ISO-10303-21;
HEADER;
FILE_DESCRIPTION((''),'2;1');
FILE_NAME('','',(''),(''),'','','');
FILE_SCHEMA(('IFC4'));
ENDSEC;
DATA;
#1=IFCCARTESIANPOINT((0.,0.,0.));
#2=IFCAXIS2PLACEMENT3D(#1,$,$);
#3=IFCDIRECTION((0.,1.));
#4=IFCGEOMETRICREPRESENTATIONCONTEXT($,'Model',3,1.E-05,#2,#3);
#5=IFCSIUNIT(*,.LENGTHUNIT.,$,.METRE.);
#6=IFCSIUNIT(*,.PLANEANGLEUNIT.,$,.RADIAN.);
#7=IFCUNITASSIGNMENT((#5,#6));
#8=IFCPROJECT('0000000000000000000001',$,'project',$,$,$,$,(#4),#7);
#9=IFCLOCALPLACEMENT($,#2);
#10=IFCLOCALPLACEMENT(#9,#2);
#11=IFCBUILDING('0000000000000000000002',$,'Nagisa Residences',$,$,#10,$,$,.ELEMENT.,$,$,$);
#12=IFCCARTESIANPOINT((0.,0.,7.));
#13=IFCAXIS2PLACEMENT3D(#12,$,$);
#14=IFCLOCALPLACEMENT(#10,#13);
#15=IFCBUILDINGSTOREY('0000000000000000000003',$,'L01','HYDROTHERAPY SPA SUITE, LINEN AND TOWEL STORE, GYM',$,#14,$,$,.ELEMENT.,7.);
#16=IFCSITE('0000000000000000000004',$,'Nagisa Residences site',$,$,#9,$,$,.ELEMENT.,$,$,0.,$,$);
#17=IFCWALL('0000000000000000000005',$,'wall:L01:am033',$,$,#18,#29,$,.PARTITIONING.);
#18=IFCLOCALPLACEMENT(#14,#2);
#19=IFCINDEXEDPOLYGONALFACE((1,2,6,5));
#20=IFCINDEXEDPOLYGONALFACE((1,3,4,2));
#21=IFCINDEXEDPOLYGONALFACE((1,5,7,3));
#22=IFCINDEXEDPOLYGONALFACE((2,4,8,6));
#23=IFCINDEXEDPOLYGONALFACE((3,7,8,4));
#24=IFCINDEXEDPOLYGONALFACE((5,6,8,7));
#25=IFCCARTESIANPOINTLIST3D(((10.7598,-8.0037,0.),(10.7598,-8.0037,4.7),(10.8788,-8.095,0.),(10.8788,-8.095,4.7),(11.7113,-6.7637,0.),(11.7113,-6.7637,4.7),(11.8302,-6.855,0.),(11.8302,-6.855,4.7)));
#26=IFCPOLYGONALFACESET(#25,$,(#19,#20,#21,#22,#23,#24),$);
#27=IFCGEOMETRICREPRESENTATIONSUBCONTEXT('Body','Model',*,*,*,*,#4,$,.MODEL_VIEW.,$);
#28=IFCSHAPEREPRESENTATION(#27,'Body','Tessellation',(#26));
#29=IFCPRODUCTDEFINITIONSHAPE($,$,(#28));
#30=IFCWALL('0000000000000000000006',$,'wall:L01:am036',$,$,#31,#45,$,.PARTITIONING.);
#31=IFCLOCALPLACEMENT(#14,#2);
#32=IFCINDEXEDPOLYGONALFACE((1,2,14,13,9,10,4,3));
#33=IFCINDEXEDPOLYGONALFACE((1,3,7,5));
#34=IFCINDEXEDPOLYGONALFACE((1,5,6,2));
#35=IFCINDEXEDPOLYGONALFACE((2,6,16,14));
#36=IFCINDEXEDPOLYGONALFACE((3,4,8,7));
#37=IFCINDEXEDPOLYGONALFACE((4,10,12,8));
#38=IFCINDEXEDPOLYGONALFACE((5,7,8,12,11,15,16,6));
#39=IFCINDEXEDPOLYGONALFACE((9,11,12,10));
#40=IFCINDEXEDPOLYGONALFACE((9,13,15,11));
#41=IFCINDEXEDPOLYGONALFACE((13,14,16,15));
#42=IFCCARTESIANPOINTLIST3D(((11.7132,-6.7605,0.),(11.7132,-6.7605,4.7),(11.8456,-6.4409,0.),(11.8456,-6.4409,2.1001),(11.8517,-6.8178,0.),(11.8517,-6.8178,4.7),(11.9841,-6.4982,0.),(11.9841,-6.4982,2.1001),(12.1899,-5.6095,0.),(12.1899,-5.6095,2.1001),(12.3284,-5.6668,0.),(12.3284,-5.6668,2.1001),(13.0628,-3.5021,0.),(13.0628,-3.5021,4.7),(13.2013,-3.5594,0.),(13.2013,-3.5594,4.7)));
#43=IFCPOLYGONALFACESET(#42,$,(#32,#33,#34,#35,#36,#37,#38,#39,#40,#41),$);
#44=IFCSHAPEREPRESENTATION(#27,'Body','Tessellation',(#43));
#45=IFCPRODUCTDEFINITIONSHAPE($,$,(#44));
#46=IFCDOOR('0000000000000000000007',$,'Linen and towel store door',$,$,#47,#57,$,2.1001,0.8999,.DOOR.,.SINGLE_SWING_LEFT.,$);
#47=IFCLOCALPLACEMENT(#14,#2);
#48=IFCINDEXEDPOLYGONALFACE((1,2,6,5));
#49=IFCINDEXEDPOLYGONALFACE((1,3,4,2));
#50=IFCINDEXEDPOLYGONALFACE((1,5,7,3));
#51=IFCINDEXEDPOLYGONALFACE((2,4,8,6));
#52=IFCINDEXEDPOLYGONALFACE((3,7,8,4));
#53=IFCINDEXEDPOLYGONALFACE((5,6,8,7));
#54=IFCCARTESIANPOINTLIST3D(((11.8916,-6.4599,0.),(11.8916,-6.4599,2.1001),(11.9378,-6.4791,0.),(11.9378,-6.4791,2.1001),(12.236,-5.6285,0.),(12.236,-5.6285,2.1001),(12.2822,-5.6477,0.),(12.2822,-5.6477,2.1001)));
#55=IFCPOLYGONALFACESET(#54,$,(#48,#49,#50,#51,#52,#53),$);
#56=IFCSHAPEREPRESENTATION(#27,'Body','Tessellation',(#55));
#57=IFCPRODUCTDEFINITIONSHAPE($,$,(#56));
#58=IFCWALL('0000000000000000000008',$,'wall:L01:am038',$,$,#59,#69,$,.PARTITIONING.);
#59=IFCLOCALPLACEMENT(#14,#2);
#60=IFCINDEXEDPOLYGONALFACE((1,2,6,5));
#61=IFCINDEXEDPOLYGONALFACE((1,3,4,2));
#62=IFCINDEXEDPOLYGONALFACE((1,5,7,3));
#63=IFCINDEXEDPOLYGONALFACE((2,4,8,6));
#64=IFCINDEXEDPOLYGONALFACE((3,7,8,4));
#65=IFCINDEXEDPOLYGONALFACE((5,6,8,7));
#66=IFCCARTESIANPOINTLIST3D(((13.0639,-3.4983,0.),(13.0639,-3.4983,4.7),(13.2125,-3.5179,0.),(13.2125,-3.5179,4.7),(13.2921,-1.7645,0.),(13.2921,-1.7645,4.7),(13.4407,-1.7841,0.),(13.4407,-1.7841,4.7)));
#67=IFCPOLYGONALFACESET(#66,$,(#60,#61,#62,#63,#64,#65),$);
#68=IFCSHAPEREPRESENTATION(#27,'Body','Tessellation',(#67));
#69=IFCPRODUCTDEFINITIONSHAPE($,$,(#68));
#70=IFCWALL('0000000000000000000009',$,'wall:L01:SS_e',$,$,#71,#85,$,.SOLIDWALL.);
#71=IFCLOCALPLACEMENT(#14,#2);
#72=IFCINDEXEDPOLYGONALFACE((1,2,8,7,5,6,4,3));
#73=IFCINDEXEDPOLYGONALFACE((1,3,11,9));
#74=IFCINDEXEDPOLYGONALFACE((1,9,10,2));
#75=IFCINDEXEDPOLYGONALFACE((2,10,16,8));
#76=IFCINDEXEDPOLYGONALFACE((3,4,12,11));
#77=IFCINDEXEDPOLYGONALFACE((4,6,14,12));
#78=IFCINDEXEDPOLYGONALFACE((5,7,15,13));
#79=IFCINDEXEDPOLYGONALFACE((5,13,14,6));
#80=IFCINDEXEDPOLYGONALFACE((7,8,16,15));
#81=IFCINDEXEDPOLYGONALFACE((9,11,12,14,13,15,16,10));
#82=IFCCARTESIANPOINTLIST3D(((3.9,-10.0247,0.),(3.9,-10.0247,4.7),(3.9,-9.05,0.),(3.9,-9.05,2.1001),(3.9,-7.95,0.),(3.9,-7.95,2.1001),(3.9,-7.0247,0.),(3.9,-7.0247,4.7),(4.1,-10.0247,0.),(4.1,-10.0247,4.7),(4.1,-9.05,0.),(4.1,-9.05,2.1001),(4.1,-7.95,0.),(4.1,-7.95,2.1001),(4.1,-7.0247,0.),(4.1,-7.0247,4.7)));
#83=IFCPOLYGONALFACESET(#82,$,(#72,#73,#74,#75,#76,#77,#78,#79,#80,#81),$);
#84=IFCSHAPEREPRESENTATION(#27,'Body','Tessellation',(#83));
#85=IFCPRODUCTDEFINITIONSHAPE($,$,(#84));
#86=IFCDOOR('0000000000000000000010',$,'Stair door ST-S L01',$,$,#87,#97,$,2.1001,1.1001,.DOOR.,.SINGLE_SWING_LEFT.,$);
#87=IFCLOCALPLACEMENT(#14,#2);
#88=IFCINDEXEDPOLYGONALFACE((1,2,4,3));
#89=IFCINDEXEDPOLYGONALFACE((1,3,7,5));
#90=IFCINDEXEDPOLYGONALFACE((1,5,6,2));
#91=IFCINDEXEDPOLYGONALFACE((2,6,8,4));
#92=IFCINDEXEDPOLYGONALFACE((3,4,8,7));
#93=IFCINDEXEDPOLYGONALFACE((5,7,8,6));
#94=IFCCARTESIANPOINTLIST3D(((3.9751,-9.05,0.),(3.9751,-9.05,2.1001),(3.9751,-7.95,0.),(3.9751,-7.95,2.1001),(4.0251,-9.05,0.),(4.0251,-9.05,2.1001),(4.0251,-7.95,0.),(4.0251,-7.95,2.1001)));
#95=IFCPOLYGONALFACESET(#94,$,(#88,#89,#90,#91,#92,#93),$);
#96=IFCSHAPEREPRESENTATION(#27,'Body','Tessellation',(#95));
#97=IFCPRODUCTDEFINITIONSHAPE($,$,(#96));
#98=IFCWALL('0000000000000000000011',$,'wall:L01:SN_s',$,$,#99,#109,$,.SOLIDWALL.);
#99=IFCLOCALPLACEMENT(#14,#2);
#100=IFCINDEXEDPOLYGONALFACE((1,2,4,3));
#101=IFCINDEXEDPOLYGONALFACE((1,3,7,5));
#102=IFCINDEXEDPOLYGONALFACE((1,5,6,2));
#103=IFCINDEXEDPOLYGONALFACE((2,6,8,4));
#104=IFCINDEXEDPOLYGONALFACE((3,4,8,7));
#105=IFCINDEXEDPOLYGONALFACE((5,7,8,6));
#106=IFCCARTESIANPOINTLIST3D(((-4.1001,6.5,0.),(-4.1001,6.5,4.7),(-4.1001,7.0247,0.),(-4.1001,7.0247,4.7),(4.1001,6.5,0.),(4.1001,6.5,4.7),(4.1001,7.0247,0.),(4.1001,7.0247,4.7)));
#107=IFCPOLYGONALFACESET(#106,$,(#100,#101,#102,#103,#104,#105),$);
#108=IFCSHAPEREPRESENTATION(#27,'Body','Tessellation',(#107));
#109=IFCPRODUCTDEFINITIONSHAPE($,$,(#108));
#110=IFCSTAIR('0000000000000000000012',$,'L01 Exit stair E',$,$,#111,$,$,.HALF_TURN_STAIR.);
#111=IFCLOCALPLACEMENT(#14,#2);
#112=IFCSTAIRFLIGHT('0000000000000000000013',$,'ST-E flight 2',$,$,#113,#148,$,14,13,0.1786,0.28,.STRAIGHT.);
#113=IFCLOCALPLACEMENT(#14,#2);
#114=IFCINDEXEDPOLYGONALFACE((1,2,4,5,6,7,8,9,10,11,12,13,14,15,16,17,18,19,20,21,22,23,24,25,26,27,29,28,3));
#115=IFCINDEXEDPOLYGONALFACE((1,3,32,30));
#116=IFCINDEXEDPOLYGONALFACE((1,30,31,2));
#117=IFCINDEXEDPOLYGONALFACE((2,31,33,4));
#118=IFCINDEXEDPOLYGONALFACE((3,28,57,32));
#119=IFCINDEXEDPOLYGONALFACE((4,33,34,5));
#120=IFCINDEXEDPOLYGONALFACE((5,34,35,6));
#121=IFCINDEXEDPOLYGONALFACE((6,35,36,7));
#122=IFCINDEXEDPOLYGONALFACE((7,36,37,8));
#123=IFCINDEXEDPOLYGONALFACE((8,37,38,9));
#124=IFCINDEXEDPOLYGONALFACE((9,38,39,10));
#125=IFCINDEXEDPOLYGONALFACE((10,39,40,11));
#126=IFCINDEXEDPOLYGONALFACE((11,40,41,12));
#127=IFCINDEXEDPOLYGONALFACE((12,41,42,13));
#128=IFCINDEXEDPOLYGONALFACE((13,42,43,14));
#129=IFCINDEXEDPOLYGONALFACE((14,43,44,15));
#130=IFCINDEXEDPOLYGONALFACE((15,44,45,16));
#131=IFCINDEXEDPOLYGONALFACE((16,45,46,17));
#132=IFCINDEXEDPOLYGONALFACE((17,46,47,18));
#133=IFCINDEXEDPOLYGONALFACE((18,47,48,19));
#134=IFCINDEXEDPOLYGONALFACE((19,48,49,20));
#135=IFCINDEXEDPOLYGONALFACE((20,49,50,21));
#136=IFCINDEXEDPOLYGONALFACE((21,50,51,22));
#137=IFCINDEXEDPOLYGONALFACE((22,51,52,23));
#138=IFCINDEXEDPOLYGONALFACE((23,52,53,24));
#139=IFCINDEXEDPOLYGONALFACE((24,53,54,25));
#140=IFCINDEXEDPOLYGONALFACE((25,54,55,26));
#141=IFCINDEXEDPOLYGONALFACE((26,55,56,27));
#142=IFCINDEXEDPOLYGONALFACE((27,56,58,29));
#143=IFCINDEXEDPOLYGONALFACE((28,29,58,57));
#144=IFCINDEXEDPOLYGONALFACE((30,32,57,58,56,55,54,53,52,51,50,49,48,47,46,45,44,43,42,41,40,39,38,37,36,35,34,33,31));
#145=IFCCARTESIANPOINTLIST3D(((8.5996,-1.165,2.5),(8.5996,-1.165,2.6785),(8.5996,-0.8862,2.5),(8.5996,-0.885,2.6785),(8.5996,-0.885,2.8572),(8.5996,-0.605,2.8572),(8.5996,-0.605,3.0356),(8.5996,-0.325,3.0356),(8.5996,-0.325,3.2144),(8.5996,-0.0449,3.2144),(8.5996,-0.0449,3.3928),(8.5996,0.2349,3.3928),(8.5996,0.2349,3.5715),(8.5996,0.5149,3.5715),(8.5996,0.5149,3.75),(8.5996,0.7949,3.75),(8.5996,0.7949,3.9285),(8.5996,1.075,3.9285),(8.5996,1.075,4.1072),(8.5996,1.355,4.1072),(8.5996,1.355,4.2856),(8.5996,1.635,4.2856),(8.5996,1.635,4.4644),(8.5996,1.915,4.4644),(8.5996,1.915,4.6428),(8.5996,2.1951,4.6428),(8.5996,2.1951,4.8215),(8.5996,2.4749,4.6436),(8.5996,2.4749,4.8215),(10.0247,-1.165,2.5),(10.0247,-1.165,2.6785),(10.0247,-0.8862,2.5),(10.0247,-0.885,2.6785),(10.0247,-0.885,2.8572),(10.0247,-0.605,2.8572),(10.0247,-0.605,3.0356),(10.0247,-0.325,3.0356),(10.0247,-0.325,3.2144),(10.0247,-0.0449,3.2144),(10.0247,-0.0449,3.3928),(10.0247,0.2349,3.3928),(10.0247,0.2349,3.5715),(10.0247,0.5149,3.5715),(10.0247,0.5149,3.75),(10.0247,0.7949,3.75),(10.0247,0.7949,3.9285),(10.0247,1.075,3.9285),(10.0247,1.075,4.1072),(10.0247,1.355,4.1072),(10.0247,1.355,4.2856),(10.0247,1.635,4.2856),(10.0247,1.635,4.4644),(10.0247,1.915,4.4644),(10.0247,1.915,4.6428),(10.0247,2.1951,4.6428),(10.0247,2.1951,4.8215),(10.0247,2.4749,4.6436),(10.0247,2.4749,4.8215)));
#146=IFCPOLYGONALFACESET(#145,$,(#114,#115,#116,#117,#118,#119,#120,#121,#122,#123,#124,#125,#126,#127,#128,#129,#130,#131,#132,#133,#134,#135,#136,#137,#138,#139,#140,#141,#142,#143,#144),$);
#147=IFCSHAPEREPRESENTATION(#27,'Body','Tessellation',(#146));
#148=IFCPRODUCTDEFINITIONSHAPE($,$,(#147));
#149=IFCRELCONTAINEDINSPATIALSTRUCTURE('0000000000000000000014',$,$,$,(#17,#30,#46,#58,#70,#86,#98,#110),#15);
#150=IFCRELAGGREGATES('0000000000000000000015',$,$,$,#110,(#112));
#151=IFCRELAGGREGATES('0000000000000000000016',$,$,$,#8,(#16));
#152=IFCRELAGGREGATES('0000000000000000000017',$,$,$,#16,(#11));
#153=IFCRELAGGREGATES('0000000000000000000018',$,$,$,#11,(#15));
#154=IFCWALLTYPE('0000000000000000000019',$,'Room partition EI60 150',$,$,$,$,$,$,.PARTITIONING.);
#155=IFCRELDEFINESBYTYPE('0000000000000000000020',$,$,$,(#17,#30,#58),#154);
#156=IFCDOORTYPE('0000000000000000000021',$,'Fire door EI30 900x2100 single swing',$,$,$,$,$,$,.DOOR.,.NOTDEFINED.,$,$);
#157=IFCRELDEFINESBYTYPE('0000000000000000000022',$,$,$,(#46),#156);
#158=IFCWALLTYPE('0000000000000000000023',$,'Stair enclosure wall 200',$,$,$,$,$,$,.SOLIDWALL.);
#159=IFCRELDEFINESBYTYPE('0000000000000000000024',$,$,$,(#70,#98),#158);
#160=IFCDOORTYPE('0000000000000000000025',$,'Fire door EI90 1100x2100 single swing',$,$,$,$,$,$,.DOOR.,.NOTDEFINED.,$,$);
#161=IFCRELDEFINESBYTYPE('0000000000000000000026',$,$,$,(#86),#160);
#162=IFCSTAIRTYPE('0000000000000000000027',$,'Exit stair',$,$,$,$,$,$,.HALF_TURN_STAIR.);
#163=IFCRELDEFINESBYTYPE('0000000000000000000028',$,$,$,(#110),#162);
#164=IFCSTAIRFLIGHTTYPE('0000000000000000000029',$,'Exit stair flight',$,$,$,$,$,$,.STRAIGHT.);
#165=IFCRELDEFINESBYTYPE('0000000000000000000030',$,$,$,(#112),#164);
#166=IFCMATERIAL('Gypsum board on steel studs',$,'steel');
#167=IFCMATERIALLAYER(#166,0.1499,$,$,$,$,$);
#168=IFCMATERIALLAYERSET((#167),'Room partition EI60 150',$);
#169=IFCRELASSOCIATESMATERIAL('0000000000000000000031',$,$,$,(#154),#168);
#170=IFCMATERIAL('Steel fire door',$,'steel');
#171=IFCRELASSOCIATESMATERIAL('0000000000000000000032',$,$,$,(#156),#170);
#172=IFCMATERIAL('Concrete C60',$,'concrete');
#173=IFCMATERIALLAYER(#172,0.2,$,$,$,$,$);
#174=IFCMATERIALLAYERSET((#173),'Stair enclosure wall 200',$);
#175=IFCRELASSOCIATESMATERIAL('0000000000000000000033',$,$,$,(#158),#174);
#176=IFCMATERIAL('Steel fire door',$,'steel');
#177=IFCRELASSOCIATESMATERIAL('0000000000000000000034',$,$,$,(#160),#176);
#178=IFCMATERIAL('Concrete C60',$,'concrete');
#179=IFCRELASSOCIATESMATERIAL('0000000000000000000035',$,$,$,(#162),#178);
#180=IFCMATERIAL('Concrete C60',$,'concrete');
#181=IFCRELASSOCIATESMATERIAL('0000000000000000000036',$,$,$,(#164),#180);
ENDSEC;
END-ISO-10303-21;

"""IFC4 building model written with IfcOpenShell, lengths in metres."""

from ifc_helpers import new_model, si_unit, direction, frame, frame_2d, origin, place, context, subcontext, project, spatial, polyline, rectangle, outline, extrude, material, layer, layer_set, type_object, element, fill, aggregate, save


model = new_model("IFC4")

# Units and contexts
model_context = context("Model", 3, precision=1e-05, world=origin(), true_north=direction((0.0, 1.0)))
body_context = subcontext(model_context, "Body", "Model", "MODEL_VIEW")
ifc_project = project(units=[si_unit("LENGTHUNIT", "METRE"), si_unit("PLANEANGLEUNIT", "RADIAN")], contexts=[model_context])

# Site, building, storey
site_placement = place(None, origin())
site = spatial("IfcSite", under=ifc_project, at=site_placement, Name="Nagisa Residences site", CompositionType="ELEMENT", RefElevation=0.0)
building_placement = place(site_placement, origin())
building = spatial("IfcBuilding", under=site, at=building_placement, Name="Nagisa Residences", CompositionType="ELEMENT")
storey_placement = place(building_placement, frame((0.0, 0.0, 7.0)))
storey = spatial("IfcBuildingStorey", under=building, at=storey_placement, Name="L01", Description="HYDROTHERAPY SPA SUITE, LINEN AND TOWEL STORE, GYM", CompositionType="ELEMENT", Elevation=7.0)

# Wall
ifc_material_1 = material(Name="Gypsum board on steel studs", Category="steel")
ifc_layer_1 = layer(ifc_material_1, 0.1499)
ifc_layer_set_1 = layer_set([ifc_layer_1], Name="Room partition EI60 150")
wall_type_1 = type_object("IfcWallType", Name="Room partition EI60 150", PredefinedType="PARTITIONING", material=ifc_layer_set_1)
wall_1_placement = place(storey_placement, frame((11.7708, -6.8093, 0.0), z_axis=(0.0, 0.0, 1.0), x_axis=(-0.608736, -0.793372, 0.0)))
element("IfcWall", 1, at=wall_1_placement, inside=storey, type_object=wall_type_1, Name="wall:L01:am033", PredefinedType="PARTITIONING", context=body_context, shape_type="SweptSolid", body=[
    extrude(rectangle(XDim=1.563, YDim=0.1499, at=frame_2d((0.7815, 0.0))), origin(), (0.0, 0.0, 1.0), 4.7),
])

# Wall, opening, door
wall_2_placement = place(storey_placement, frame((13.1321, -3.5308, 0.0), z_axis=(0.0, 0.0, 1.0), x_axis=(-0.382678, -0.923882, 0.0)))
wall_2 = element("IfcWall", 2, at=wall_2_placement, inside=storey, type_object=wall_type_1, Name="wall:L01:am036", PredefinedType="PARTITIONING", context=body_context, shape_type="SweptSolid", body=[
    extrude(rectangle(XDim=3.5269, YDim=0.1499, at=frame_2d((1.7634, 0.0))), origin(), (0.0, 0.0, 1.0), 4.7),
])
opening_1_placement = place(wall_2_placement, frame((2.281, 0.0, 0.0)))
opening_1 = element("IfcOpeningElement", 3, at=opening_1_placement, cuts=wall_2, PredefinedType="OPENING", context=body_context, shape_type="SweptSolid", body=[
    extrude(rectangle(XDim=0.8999, YDim=2.1001, at=frame_2d((0.45, 1.05))), frame((0.0, 0.085, 0.0), z_axis=(0.0, -1.0, 0.0), x_axis=(1.0, 0.0, 0.0)), (0.0, 0.0, 1.0), 0.1699),
])
ifc_material_2 = material(Name="Steel fire door", Category="steel")
door_type_1 = type_object("IfcDoorType", Name="Fire door EI30 900x2100 single swing", OperationType="NOTDEFINED", PredefinedType="DOOR", material=ifc_material_2)
door_1_placement = place(opening_1_placement, origin())
door_1 = element("IfcDoor", 4, at=door_1_placement, inside=storey, type_object=door_type_1, Name="Linen and towel store door", OperationType="SINGLE_SWING_LEFT", OverallHeight=2.1001, OverallWidth=0.8999, PredefinedType="DOOR", context=body_context, shape_type="SweptSolid", body=[
    extrude(rectangle(XDim=0.8999, YDim=2.1001, at=frame_2d((0.45, 1.05))), frame((0.0, 0.0249, 0.0), z_axis=(0.0, -1.0, 0.0), x_axis=(1.0, 0.0, 0.0)), (0.0, 0.0, 1.0), 0.05),
])
fill(opening_1, door_1)

# Wall
wall_3_placement = place(storey_placement, frame((13.3665, -1.7742, 0.0), z_axis=(0.0, 0.0, 1.0), x_axis=(-0.130527, -0.991445, 0.0)))
element("IfcWall", 5, at=wall_3_placement, inside=storey, type_object=wall_type_1, Name="wall:L01:am038", PredefinedType="PARTITIONING", context=body_context, shape_type="SweptSolid", body=[
    extrude(rectangle(XDim=1.7488, YDim=0.1499, at=frame_2d((0.8745, 0.0))), origin(), (0.0, 0.0, 1.0), 4.7),
])

# Wall, opening, door
ifc_material_3 = material(Name="Concrete C60", Category="concrete")
ifc_layer_2 = layer(ifc_material_3, 0.2)
ifc_layer_set_2 = layer_set([ifc_layer_2], Name="Stair enclosure wall 200")
wall_type_2 = type_object("IfcWallType", Name="Stair enclosure wall 200", PredefinedType="SOLIDWALL", material=ifc_layer_set_2)
wall_4_placement = place(storey_placement, frame((4.0, -10.0247, 0.0), z_axis=(0.0, 0.0, 1.0), x_axis=(0.0, 1.0, 0.0)))
wall_4 = element("IfcWall", 6, at=wall_4_placement, inside=storey, type_object=wall_type_2, Name="wall:L01:SS_e", PredefinedType="SOLIDWALL", context=body_context, shape_type="SweptSolid", body=[
    extrude(rectangle(XDim=3.0, YDim=0.2, at=frame_2d((1.5, 0.0))), origin(), (0.0, 0.0, 1.0), 4.7),
])
opening_2_placement = place(wall_4_placement, frame((0.9746, 0.0, 0.0)))
opening_2 = element("IfcOpeningElement", 7, at=opening_2_placement, cuts=wall_4, PredefinedType="OPENING", context=body_context, shape_type="SweptSolid", body=[
    extrude(rectangle(XDim=1.1001, YDim=2.1001, at=frame_2d((0.55, 1.05))), frame((0.0, 0.1099, 0.0), z_axis=(0.0, -1.0, 0.0), x_axis=(1.0, 0.0, 0.0)), (0.0, 0.0, 1.0), 0.22),
])
ifc_material_4 = material(Name="Steel fire door", Category="steel")
door_type_2 = type_object("IfcDoorType", Name="Fire door EI90 1100x2100 single swing", OperationType="NOTDEFINED", PredefinedType="DOOR", material=ifc_material_4)
door_2_placement = place(opening_2_placement, origin())
door_2 = element("IfcDoor", 8, at=door_2_placement, inside=storey, type_object=door_type_2, Name="Stair door ST-S L01", OperationType="SINGLE_SWING_LEFT", OverallHeight=2.1001, OverallWidth=1.1001, PredefinedType="DOOR", context=body_context, shape_type="SweptSolid", body=[
    extrude(rectangle(XDim=1.1001, YDim=2.1001, at=frame_2d((0.55, 1.05))), frame((0.0, 0.0249, 0.0), z_axis=(0.0, -1.0, 0.0), x_axis=(1.0, 0.0, 0.0)), (0.0, 0.0, 1.0), 0.05),
])
fill(opening_2, door_2)

# Wall
wall_5_placement = place(storey_placement, origin())
element("IfcWall", 9, at=wall_5_placement, inside=storey, type_object=wall_type_2, Name="wall:L01:SN_s", PredefinedType="SOLIDWALL", context=body_context, shape_type="SweptSolid", body=[
    extrude(outline(polyline([(4.1001, 6.5), (-4.1001, 6.5), (-4.1001, 7.0247), (4.1001, 7.0247), (4.1001, 6.5)])), origin(), (0.0, 0.0, 1.0), 4.7),
])

# Stair, stair flight
ifc_material_5 = material(Name="Concrete C60", Category="concrete")
stair_type = type_object("IfcStairType", Name="Exit stair", PredefinedType="HALF_TURN_STAIR", material=ifc_material_5)
stair_1_placement = place(storey_placement, origin())
stair_1 = element("IfcStair", 10, at=stair_1_placement, inside=storey, type_object=stair_type, Name="L01 Exit stair E", PredefinedType="HALF_TURN_STAIR")
ifc_material_6 = material(Name="Concrete C60", Category="concrete")
stair_flight_type = type_object("IfcStairFlightType", Name="Exit stair flight", PredefinedType="STRAIGHT", material=ifc_material_6)
stair_flight_1_placement = place(storey_placement, frame((9.312, -1.165, 2.5), z_axis=(0.0, 0.0, 1.0), x_axis=(0.0, 1.0, 0.0)))
stair_flight_1 = element("IfcStairFlight", 11, at=stair_flight_1_placement, type_object=stair_flight_type, Name="ST-E flight 2", NumberOfRisers=14, NumberOfTreads=13, PredefinedType="STRAIGHT", RiserHeight=0.1786, TreadLength=0.28, context=body_context, shape_type="SweptSolid", body=[
    extrude(outline(polyline([(0.0, 0.0), (0.0, 0.1785), (0.28, 0.1785), (0.28, 0.3572), (0.5601, 0.3572), (0.5601, 0.5356), (0.8401, 0.5356), (0.8401, 0.7144), (1.1201, 0.7144), (1.1201, 0.8928), (1.3999, 0.8928), (1.3999, 1.0715), (1.6799, 1.0715), (1.6799, 1.25), (1.96, 1.25), (1.96, 1.4285), (2.24, 1.4285), (2.24, 1.6072), (2.52, 1.6072), (2.52, 1.7856), (2.8, 1.7856), (2.8, 1.9644), (3.0801, 1.9644), (3.0801, 2.1428), (3.3601, 2.1428), (3.3601, 2.3215), (3.6399, 2.3215), (3.6399, 2.5), (3.6399, 2.1436), (0.2788, 0.0), (0.0, 0.0)])), frame((0.0, 0.7124, 0.0), z_axis=(0.0, -1.0, 0.0), x_axis=(1.0, 0.0, 0.0)), (0.0, 0.0, 1.0), 1.425),
])
aggregate(stair_1, [stair_flight_1])

save(model, "model.ifc")
